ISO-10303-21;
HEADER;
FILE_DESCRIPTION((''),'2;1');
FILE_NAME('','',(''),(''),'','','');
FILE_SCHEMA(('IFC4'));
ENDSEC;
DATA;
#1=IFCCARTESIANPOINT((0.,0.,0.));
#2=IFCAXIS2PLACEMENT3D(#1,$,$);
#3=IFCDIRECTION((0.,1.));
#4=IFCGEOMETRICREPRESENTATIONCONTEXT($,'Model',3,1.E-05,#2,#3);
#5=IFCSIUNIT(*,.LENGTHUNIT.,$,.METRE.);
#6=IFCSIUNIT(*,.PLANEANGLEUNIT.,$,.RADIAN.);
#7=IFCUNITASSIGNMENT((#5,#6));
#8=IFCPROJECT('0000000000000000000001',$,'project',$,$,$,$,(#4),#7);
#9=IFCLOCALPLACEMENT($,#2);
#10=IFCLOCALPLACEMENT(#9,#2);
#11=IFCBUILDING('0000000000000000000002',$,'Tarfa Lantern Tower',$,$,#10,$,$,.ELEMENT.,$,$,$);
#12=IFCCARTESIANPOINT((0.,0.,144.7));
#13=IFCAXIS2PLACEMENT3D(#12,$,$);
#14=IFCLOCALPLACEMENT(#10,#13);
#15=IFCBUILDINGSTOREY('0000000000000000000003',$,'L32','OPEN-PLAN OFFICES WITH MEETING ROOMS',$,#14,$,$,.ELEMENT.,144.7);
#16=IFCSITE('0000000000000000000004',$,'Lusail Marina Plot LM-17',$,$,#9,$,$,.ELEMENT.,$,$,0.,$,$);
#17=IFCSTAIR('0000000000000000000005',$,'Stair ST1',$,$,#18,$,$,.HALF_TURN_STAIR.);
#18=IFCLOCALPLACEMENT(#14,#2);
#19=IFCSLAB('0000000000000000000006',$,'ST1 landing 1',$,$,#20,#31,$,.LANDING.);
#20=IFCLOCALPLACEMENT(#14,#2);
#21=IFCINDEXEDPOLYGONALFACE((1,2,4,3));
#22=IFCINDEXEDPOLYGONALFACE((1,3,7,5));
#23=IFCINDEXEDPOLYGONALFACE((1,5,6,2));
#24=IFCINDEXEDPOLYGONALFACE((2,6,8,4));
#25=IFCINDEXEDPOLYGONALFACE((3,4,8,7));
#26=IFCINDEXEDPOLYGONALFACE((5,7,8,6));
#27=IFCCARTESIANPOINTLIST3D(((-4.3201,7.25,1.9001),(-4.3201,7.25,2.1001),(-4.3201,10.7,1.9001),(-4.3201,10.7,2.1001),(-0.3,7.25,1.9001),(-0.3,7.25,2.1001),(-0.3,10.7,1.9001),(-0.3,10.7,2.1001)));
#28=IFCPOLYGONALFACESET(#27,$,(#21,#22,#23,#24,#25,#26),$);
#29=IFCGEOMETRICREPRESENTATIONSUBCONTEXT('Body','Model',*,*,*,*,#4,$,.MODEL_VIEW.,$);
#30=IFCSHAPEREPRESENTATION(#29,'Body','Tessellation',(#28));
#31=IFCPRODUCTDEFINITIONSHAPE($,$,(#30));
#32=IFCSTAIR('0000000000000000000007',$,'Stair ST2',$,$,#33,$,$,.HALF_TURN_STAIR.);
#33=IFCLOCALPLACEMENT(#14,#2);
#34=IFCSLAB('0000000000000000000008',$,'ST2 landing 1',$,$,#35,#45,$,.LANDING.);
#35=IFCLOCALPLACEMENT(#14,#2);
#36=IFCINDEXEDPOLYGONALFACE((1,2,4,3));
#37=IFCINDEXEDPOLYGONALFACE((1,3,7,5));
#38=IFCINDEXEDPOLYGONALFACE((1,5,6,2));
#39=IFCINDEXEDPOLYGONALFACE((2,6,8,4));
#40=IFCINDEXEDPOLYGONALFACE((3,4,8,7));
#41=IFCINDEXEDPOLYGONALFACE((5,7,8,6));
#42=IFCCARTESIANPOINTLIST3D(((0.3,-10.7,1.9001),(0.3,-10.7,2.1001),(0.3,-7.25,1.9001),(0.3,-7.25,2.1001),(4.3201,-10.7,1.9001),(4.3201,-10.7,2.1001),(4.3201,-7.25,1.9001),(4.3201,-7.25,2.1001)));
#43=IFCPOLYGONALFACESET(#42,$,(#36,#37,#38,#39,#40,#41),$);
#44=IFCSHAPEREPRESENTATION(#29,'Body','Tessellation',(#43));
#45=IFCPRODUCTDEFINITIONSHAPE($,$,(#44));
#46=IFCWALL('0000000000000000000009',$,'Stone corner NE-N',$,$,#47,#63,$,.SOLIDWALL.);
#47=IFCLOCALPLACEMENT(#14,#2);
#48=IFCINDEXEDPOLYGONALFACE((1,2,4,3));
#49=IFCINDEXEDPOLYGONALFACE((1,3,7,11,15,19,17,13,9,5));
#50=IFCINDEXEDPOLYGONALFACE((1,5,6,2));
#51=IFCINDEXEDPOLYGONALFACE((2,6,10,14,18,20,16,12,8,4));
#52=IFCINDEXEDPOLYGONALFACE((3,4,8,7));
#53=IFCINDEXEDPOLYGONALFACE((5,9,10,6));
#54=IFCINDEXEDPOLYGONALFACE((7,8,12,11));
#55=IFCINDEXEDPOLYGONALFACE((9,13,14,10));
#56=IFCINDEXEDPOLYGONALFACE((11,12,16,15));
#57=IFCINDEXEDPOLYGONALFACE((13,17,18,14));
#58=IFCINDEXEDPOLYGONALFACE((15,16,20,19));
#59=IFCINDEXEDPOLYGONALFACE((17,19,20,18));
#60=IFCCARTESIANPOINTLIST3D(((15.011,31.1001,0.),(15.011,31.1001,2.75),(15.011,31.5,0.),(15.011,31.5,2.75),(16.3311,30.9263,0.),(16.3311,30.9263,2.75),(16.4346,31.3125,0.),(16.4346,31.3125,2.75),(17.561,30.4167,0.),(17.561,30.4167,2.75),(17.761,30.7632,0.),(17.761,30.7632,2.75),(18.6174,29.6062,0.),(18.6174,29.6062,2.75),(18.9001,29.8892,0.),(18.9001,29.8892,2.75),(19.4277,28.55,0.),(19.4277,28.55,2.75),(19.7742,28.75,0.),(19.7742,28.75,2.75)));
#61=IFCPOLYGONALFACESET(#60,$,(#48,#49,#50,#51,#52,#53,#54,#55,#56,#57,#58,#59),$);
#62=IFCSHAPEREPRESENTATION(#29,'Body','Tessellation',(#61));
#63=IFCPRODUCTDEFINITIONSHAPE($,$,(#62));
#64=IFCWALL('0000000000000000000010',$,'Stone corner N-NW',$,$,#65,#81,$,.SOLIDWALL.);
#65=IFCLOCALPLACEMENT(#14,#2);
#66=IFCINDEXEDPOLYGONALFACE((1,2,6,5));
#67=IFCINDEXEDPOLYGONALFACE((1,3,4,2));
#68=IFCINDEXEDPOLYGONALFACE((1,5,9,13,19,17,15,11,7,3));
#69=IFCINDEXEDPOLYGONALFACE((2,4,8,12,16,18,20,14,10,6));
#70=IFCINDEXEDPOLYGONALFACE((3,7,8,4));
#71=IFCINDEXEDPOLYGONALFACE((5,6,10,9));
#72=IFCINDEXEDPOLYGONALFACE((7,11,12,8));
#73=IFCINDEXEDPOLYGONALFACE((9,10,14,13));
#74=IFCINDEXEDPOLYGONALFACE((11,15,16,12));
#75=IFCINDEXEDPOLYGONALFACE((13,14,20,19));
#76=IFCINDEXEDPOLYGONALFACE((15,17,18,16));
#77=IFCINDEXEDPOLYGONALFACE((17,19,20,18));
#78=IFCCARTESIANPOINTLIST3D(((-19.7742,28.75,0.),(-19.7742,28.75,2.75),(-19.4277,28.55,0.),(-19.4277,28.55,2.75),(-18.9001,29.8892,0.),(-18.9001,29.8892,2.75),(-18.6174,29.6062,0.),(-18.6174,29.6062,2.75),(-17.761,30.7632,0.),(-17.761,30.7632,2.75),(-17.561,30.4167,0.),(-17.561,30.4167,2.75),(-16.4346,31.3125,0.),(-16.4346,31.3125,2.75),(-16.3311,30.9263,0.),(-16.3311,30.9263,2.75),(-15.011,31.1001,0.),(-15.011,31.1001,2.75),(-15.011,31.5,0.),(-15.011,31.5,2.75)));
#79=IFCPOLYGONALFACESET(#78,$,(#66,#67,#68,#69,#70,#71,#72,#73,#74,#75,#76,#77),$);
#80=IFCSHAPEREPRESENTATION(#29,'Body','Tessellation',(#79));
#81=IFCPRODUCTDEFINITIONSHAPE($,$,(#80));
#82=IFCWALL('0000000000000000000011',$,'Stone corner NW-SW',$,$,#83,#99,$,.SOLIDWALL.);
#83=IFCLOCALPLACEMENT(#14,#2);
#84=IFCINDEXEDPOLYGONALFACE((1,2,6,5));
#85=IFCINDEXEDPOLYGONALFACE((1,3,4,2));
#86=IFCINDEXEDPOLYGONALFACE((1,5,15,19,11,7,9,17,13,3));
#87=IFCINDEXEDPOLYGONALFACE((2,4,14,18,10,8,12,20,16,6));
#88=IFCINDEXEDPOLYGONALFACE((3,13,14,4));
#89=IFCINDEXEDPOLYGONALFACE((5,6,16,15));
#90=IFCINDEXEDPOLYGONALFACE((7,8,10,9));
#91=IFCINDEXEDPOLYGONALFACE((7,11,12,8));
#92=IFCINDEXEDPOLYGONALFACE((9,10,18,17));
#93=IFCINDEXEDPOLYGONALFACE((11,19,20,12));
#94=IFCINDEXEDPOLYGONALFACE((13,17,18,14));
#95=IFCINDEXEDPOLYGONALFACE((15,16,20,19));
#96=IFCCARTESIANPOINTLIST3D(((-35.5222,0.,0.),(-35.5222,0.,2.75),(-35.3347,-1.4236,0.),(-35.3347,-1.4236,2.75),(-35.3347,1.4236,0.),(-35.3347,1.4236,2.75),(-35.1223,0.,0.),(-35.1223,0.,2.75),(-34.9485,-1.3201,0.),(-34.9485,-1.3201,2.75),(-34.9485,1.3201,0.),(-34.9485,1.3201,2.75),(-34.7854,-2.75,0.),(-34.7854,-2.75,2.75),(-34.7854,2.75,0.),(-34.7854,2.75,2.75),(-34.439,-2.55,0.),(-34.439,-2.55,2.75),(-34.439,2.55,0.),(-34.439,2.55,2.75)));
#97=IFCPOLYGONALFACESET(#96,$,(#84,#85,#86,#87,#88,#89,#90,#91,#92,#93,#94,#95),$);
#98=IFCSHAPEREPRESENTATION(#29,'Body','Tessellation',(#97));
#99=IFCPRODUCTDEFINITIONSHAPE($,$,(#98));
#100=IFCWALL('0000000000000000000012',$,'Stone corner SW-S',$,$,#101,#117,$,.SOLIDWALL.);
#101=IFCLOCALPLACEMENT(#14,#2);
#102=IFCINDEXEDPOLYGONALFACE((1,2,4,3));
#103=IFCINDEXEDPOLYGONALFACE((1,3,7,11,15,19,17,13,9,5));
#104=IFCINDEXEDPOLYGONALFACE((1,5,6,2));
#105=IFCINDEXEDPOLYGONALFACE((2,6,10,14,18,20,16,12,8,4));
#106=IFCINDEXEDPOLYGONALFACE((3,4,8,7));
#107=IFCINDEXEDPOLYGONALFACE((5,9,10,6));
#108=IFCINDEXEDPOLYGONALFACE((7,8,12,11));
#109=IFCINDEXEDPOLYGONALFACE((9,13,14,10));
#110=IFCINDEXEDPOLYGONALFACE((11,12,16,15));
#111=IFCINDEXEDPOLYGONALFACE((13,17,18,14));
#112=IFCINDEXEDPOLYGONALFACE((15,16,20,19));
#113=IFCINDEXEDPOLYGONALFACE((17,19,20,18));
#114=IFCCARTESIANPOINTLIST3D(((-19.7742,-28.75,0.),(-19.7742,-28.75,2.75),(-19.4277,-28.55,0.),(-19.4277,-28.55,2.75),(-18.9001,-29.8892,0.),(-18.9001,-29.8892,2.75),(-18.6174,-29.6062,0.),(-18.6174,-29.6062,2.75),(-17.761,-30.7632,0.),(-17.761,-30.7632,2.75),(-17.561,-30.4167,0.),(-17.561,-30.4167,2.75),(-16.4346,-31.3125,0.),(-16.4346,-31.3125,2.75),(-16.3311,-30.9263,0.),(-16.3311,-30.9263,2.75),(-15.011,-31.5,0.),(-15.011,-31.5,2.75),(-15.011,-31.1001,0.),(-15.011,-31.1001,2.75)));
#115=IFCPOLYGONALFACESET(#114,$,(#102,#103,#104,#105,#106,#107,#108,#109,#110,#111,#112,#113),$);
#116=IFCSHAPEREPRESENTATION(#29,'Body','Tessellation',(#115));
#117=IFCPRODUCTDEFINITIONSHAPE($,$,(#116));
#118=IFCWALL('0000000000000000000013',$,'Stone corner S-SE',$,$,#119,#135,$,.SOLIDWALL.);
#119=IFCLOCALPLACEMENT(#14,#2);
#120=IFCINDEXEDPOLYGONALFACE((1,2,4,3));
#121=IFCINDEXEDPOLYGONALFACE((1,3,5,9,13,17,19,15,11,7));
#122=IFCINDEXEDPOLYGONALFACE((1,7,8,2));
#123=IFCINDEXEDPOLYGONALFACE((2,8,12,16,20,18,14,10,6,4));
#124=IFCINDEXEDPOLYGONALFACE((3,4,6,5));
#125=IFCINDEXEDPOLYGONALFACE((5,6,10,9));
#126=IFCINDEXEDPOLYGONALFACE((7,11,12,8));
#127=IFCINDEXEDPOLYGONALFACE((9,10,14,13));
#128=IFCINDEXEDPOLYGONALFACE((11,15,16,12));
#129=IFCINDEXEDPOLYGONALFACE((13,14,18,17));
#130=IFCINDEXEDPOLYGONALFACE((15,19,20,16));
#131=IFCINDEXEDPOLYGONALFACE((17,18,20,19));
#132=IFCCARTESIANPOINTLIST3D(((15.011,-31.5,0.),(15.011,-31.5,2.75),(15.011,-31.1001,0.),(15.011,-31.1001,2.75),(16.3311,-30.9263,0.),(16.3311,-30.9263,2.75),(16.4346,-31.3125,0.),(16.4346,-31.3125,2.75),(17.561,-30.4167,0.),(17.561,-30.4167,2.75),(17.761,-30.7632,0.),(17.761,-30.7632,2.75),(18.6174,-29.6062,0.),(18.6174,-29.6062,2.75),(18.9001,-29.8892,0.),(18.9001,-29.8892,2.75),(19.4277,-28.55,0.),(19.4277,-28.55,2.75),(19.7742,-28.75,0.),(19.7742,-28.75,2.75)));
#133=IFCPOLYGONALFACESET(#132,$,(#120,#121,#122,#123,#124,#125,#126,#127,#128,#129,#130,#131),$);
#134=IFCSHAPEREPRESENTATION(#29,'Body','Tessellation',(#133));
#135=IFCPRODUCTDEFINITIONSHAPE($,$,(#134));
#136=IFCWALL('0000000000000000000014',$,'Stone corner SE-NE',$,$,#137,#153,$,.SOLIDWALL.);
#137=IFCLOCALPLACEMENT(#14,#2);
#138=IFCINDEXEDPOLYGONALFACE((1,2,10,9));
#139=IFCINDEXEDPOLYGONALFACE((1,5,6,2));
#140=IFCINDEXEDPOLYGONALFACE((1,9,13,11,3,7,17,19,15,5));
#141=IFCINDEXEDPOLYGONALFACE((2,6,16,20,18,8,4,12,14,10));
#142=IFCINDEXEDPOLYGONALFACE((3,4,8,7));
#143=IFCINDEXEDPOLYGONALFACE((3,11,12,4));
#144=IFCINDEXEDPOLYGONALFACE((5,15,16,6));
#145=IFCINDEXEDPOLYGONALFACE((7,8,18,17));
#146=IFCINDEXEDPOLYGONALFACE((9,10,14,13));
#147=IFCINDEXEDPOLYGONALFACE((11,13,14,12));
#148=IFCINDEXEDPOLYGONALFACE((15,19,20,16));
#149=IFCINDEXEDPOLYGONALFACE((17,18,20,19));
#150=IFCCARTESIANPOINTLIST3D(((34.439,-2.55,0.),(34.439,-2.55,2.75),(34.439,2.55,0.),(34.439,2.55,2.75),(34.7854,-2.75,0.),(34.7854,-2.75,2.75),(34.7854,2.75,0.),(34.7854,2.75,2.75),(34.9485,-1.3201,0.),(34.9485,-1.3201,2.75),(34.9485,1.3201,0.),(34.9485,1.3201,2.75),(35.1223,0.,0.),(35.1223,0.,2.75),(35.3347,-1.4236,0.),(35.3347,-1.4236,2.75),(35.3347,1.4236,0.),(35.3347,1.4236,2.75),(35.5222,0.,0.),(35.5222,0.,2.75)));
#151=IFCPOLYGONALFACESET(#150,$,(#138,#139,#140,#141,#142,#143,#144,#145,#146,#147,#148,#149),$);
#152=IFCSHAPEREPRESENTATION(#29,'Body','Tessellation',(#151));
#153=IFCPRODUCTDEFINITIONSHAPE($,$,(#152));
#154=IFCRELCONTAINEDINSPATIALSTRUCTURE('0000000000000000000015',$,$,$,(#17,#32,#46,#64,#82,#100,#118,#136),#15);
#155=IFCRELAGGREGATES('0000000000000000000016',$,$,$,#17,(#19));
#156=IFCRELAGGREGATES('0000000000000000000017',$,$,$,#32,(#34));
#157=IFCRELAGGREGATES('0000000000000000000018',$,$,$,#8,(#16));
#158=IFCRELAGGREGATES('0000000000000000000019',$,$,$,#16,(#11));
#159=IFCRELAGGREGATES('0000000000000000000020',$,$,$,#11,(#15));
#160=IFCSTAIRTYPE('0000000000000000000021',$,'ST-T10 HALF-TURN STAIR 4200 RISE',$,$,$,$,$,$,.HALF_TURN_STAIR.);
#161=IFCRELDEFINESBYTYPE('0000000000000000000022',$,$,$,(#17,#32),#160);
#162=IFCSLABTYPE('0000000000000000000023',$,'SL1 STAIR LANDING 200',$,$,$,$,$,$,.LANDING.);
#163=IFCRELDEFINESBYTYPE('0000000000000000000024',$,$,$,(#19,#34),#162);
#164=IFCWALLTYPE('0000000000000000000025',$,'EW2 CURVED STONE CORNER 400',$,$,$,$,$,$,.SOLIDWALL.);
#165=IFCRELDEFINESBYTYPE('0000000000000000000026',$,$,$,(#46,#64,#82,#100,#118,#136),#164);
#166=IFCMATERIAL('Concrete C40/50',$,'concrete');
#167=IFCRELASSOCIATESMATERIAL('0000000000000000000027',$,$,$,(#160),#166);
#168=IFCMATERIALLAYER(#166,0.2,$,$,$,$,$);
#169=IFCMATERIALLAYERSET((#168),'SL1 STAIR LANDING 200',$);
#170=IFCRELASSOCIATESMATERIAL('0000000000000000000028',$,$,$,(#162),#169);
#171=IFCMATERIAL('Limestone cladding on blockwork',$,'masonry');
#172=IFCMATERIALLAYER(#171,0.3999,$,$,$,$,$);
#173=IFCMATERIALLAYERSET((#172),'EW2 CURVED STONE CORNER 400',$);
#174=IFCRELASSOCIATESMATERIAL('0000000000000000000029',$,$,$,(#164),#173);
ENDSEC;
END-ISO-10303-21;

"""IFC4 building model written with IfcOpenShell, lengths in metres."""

from ifc_helpers import new_model, si_unit, direction, frame, origin, place, context, subcontext, project, spatial, polyline, outline, extrude, material, layer, layer_set, type_object, element, aggregate, save


model = new_model("IFC4")

# Units and contexts
model_context = context("Model", 3, precision=1e-05, world=origin(), true_north=direction((0.0, 1.0)))
body_context = subcontext(model_context, "Body", "Model", "MODEL_VIEW")
ifc_project = project(units=[si_unit("LENGTHUNIT", "METRE"), si_unit("PLANEANGLEUNIT", "RADIAN")], contexts=[model_context])

# Site, building, storey
site_placement = place(None, origin())
site = spatial("IfcSite", under=ifc_project, at=site_placement, Name="Lusail Marina Plot LM-17", CompositionType="ELEMENT", RefElevation=0.0)
building_placement = place(site_placement, origin())
building = spatial("IfcBuilding", under=site, at=building_placement, Name="Tarfa Lantern Tower", CompositionType="ELEMENT")
storey_placement = place(building_placement, frame((0.0, 0.0, 144.7)))
storey = spatial("IfcBuildingStorey", under=building, at=storey_placement, Name="L32", Description="OPEN-PLAN OFFICES WITH MEETING ROOMS", CompositionType="ELEMENT", Elevation=144.7)

# Shared definitions
ifc_material_1 = material(Name="Concrete C40/50", Category="concrete")

# Stairs, slabs
stair_type = type_object("IfcStairType", Name="ST-T10 HALF-TURN STAIR 4200 RISE", PredefinedType="HALF_TURN_STAIR", material=ifc_material_1)
stair_1_placement = place(storey_placement, origin())
stair_1 = element("IfcStair", 1, at=stair_1_placement, inside=storey, type_object=stair_type, Name="Stair ST1", PredefinedType="HALF_TURN_STAIR")
ifc_layer_1 = layer(ifc_material_1, 0.2)
ifc_layer_set_1 = layer_set([ifc_layer_1], Name="SL1 STAIR LANDING 200")
slab_type_1 = type_object("IfcSlabType", Name="SL1 STAIR LANDING 200", PredefinedType="LANDING", material=ifc_layer_set_1)
slab_1_placement = place(storey_placement, frame((0.0, 0.0, 1.9001)))
slab_1 = element("IfcSlab", 2, at=slab_1_placement, type_object=slab_type_1, Name="ST1 landing 1", PredefinedType="LANDING", context=body_context, shape_type="SweptSolid", body=[
    extrude(outline(polyline([(-4.3201, 7.25), (-0.3, 7.25), (-0.3, 10.7), (-4.3201, 10.7), (-4.3201, 7.25)])), origin(), (0.0, 0.0, 1.0), 0.2),
])
aggregate(stair_1, [slab_1])
stair_2_placement = place(storey_placement, origin())
stair_2 = element("IfcStair", 3, at=stair_2_placement, inside=storey, type_object=stair_type, Name="Stair ST2", PredefinedType="HALF_TURN_STAIR")
slab_2_placement = place(storey_placement, frame((0.0, 0.0, 1.9001)))
slab_2 = element("IfcSlab", 4, at=slab_2_placement, type_object=slab_type_1, Name="ST2 landing 1", PredefinedType="LANDING", context=body_context, shape_type="SweptSolid", body=[
    extrude(outline(polyline([(4.3201, -7.25), (0.3, -7.25), (0.3, -10.7), (4.3201, -10.7), (4.3201, -7.25)])), origin(), (0.0, 0.0, 1.0), 0.2),
])
aggregate(stair_2, [slab_2])

# Walls
ifc_material_2 = material(Name="Limestone cladding on blockwork", Category="masonry")
ifc_layer_2 = layer(ifc_material_2, 0.3999)
ifc_layer_set_2 = layer_set([ifc_layer_2], Name="EW2 CURVED STONE CORNER 400")
wall_type_1 = type_object("IfcWallType", Name="EW2 CURVED STONE CORNER 400", PredefinedType="SOLIDWALL", material=ifc_layer_set_2)
wall_1_placement = place(storey_placement, origin())
element("IfcWall", 5, at=wall_1_placement, inside=storey, type_object=wall_type_1, Name="Stone corner NE-N", PredefinedType="SOLIDWALL", context=body_context, shape_type="SweptSolid", body=[
    extrude(outline(polyline([(19.7742, 28.75), (18.9001, 29.8892), (17.761, 30.7632), (16.4346, 31.3125), (15.011, 31.5), (15.011, 31.1001), (16.3311, 30.9263), (17.561, 30.4167), (18.6174, 29.6062), (19.4277, 28.55), (19.7742, 28.75)])), origin(), (0.0, 0.0, 1.0), 2.75),
])
wall_2_placement = place(storey_placement, origin())
element("IfcWall", 6, at=wall_2_placement, inside=storey, type_object=wall_type_1, Name="Stone corner N-NW", PredefinedType="SOLIDWALL", context=body_context, shape_type="SweptSolid", body=[
    extrude(outline(polyline([(-15.011, 31.5), (-16.4346, 31.3125), (-17.761, 30.7632), (-18.9001, 29.8892), (-19.7742, 28.75), (-19.4277, 28.55), (-18.6174, 29.6062), (-17.561, 30.4167), (-16.3311, 30.9263), (-15.011, 31.1001), (-15.011, 31.5)])), origin(), (0.0, 0.0, 1.0), 2.75),
])
wall_3_placement = place(storey_placement, origin())
element("IfcWall", 7, at=wall_3_placement, inside=storey, type_object=wall_type_1, Name="Stone corner NW-SW", PredefinedType="SOLIDWALL", context=body_context, shape_type="SweptSolid", body=[
    extrude(outline(polyline([(-34.7854, 2.75), (-35.3347, 1.4236), (-35.5222, 0.0), (-35.3347, -1.4236), (-34.7854, -2.75), (-34.439, -2.55), (-34.9485, -1.3201), (-35.1223, 0.0), (-34.9485, 1.3201), (-34.439, 2.55), (-34.7854, 2.75)])), origin(), (0.0, 0.0, 1.0), 2.75),
])
wall_4_placement = place(storey_placement, origin())
element("IfcWall", 8, at=wall_4_placement, inside=storey, type_object=wall_type_1, Name="Stone corner SW-S", PredefinedType="SOLIDWALL", context=body_context, shape_type="SweptSolid", body=[
    extrude(outline(polyline([(-19.7742, -28.75), (-18.9001, -29.8892), (-17.761, -30.7632), (-16.4346, -31.3125), (-15.011, -31.5), (-15.011, -31.1001), (-16.3311, -30.9263), (-17.561, -30.4167), (-18.6174, -29.6062), (-19.4277, -28.55), (-19.7742, -28.75)])), origin(), (0.0, 0.0, 1.0), 2.75),
])
wall_5_placement = place(storey_placement, origin())
element("IfcWall", 9, at=wall_5_placement, inside=storey, type_object=wall_type_1, Name="Stone corner S-SE", PredefinedType="SOLIDWALL", context=body_context, shape_type="SweptSolid", body=[
    extrude(outline(polyline([(15.011, -31.5), (16.4346, -31.3125), (17.761, -30.7632), (18.9001, -29.8892), (19.7742, -28.75), (19.4277, -28.55), (18.6174, -29.6062), (17.561, -30.4167), (16.3311, -30.9263), (15.011, -31.1001), (15.011, -31.5)])), origin(), (0.0, 0.0, 1.0), 2.75),
])
wall_6_placement = place(storey_placement, origin())
element("IfcWall", 10, at=wall_6_placement, inside=storey, type_object=wall_type_1, Name="Stone corner SE-NE", PredefinedType="SOLIDWALL", context=body_context, shape_type="SweptSolid", body=[
    extrude(outline(polyline([(34.7854, -2.75), (35.3347, -1.4236), (35.5222, 0.0), (35.3347, 1.4236), (34.7854, 2.75), (34.439, 2.55), (34.9485, 1.3201), (35.1223, 0.0), (34.9485, -1.3201), (34.439, -2.55), (34.7854, -2.75)])), origin(), (0.0, 0.0, 1.0), 2.75),
])

save(model, "model.ifc")
